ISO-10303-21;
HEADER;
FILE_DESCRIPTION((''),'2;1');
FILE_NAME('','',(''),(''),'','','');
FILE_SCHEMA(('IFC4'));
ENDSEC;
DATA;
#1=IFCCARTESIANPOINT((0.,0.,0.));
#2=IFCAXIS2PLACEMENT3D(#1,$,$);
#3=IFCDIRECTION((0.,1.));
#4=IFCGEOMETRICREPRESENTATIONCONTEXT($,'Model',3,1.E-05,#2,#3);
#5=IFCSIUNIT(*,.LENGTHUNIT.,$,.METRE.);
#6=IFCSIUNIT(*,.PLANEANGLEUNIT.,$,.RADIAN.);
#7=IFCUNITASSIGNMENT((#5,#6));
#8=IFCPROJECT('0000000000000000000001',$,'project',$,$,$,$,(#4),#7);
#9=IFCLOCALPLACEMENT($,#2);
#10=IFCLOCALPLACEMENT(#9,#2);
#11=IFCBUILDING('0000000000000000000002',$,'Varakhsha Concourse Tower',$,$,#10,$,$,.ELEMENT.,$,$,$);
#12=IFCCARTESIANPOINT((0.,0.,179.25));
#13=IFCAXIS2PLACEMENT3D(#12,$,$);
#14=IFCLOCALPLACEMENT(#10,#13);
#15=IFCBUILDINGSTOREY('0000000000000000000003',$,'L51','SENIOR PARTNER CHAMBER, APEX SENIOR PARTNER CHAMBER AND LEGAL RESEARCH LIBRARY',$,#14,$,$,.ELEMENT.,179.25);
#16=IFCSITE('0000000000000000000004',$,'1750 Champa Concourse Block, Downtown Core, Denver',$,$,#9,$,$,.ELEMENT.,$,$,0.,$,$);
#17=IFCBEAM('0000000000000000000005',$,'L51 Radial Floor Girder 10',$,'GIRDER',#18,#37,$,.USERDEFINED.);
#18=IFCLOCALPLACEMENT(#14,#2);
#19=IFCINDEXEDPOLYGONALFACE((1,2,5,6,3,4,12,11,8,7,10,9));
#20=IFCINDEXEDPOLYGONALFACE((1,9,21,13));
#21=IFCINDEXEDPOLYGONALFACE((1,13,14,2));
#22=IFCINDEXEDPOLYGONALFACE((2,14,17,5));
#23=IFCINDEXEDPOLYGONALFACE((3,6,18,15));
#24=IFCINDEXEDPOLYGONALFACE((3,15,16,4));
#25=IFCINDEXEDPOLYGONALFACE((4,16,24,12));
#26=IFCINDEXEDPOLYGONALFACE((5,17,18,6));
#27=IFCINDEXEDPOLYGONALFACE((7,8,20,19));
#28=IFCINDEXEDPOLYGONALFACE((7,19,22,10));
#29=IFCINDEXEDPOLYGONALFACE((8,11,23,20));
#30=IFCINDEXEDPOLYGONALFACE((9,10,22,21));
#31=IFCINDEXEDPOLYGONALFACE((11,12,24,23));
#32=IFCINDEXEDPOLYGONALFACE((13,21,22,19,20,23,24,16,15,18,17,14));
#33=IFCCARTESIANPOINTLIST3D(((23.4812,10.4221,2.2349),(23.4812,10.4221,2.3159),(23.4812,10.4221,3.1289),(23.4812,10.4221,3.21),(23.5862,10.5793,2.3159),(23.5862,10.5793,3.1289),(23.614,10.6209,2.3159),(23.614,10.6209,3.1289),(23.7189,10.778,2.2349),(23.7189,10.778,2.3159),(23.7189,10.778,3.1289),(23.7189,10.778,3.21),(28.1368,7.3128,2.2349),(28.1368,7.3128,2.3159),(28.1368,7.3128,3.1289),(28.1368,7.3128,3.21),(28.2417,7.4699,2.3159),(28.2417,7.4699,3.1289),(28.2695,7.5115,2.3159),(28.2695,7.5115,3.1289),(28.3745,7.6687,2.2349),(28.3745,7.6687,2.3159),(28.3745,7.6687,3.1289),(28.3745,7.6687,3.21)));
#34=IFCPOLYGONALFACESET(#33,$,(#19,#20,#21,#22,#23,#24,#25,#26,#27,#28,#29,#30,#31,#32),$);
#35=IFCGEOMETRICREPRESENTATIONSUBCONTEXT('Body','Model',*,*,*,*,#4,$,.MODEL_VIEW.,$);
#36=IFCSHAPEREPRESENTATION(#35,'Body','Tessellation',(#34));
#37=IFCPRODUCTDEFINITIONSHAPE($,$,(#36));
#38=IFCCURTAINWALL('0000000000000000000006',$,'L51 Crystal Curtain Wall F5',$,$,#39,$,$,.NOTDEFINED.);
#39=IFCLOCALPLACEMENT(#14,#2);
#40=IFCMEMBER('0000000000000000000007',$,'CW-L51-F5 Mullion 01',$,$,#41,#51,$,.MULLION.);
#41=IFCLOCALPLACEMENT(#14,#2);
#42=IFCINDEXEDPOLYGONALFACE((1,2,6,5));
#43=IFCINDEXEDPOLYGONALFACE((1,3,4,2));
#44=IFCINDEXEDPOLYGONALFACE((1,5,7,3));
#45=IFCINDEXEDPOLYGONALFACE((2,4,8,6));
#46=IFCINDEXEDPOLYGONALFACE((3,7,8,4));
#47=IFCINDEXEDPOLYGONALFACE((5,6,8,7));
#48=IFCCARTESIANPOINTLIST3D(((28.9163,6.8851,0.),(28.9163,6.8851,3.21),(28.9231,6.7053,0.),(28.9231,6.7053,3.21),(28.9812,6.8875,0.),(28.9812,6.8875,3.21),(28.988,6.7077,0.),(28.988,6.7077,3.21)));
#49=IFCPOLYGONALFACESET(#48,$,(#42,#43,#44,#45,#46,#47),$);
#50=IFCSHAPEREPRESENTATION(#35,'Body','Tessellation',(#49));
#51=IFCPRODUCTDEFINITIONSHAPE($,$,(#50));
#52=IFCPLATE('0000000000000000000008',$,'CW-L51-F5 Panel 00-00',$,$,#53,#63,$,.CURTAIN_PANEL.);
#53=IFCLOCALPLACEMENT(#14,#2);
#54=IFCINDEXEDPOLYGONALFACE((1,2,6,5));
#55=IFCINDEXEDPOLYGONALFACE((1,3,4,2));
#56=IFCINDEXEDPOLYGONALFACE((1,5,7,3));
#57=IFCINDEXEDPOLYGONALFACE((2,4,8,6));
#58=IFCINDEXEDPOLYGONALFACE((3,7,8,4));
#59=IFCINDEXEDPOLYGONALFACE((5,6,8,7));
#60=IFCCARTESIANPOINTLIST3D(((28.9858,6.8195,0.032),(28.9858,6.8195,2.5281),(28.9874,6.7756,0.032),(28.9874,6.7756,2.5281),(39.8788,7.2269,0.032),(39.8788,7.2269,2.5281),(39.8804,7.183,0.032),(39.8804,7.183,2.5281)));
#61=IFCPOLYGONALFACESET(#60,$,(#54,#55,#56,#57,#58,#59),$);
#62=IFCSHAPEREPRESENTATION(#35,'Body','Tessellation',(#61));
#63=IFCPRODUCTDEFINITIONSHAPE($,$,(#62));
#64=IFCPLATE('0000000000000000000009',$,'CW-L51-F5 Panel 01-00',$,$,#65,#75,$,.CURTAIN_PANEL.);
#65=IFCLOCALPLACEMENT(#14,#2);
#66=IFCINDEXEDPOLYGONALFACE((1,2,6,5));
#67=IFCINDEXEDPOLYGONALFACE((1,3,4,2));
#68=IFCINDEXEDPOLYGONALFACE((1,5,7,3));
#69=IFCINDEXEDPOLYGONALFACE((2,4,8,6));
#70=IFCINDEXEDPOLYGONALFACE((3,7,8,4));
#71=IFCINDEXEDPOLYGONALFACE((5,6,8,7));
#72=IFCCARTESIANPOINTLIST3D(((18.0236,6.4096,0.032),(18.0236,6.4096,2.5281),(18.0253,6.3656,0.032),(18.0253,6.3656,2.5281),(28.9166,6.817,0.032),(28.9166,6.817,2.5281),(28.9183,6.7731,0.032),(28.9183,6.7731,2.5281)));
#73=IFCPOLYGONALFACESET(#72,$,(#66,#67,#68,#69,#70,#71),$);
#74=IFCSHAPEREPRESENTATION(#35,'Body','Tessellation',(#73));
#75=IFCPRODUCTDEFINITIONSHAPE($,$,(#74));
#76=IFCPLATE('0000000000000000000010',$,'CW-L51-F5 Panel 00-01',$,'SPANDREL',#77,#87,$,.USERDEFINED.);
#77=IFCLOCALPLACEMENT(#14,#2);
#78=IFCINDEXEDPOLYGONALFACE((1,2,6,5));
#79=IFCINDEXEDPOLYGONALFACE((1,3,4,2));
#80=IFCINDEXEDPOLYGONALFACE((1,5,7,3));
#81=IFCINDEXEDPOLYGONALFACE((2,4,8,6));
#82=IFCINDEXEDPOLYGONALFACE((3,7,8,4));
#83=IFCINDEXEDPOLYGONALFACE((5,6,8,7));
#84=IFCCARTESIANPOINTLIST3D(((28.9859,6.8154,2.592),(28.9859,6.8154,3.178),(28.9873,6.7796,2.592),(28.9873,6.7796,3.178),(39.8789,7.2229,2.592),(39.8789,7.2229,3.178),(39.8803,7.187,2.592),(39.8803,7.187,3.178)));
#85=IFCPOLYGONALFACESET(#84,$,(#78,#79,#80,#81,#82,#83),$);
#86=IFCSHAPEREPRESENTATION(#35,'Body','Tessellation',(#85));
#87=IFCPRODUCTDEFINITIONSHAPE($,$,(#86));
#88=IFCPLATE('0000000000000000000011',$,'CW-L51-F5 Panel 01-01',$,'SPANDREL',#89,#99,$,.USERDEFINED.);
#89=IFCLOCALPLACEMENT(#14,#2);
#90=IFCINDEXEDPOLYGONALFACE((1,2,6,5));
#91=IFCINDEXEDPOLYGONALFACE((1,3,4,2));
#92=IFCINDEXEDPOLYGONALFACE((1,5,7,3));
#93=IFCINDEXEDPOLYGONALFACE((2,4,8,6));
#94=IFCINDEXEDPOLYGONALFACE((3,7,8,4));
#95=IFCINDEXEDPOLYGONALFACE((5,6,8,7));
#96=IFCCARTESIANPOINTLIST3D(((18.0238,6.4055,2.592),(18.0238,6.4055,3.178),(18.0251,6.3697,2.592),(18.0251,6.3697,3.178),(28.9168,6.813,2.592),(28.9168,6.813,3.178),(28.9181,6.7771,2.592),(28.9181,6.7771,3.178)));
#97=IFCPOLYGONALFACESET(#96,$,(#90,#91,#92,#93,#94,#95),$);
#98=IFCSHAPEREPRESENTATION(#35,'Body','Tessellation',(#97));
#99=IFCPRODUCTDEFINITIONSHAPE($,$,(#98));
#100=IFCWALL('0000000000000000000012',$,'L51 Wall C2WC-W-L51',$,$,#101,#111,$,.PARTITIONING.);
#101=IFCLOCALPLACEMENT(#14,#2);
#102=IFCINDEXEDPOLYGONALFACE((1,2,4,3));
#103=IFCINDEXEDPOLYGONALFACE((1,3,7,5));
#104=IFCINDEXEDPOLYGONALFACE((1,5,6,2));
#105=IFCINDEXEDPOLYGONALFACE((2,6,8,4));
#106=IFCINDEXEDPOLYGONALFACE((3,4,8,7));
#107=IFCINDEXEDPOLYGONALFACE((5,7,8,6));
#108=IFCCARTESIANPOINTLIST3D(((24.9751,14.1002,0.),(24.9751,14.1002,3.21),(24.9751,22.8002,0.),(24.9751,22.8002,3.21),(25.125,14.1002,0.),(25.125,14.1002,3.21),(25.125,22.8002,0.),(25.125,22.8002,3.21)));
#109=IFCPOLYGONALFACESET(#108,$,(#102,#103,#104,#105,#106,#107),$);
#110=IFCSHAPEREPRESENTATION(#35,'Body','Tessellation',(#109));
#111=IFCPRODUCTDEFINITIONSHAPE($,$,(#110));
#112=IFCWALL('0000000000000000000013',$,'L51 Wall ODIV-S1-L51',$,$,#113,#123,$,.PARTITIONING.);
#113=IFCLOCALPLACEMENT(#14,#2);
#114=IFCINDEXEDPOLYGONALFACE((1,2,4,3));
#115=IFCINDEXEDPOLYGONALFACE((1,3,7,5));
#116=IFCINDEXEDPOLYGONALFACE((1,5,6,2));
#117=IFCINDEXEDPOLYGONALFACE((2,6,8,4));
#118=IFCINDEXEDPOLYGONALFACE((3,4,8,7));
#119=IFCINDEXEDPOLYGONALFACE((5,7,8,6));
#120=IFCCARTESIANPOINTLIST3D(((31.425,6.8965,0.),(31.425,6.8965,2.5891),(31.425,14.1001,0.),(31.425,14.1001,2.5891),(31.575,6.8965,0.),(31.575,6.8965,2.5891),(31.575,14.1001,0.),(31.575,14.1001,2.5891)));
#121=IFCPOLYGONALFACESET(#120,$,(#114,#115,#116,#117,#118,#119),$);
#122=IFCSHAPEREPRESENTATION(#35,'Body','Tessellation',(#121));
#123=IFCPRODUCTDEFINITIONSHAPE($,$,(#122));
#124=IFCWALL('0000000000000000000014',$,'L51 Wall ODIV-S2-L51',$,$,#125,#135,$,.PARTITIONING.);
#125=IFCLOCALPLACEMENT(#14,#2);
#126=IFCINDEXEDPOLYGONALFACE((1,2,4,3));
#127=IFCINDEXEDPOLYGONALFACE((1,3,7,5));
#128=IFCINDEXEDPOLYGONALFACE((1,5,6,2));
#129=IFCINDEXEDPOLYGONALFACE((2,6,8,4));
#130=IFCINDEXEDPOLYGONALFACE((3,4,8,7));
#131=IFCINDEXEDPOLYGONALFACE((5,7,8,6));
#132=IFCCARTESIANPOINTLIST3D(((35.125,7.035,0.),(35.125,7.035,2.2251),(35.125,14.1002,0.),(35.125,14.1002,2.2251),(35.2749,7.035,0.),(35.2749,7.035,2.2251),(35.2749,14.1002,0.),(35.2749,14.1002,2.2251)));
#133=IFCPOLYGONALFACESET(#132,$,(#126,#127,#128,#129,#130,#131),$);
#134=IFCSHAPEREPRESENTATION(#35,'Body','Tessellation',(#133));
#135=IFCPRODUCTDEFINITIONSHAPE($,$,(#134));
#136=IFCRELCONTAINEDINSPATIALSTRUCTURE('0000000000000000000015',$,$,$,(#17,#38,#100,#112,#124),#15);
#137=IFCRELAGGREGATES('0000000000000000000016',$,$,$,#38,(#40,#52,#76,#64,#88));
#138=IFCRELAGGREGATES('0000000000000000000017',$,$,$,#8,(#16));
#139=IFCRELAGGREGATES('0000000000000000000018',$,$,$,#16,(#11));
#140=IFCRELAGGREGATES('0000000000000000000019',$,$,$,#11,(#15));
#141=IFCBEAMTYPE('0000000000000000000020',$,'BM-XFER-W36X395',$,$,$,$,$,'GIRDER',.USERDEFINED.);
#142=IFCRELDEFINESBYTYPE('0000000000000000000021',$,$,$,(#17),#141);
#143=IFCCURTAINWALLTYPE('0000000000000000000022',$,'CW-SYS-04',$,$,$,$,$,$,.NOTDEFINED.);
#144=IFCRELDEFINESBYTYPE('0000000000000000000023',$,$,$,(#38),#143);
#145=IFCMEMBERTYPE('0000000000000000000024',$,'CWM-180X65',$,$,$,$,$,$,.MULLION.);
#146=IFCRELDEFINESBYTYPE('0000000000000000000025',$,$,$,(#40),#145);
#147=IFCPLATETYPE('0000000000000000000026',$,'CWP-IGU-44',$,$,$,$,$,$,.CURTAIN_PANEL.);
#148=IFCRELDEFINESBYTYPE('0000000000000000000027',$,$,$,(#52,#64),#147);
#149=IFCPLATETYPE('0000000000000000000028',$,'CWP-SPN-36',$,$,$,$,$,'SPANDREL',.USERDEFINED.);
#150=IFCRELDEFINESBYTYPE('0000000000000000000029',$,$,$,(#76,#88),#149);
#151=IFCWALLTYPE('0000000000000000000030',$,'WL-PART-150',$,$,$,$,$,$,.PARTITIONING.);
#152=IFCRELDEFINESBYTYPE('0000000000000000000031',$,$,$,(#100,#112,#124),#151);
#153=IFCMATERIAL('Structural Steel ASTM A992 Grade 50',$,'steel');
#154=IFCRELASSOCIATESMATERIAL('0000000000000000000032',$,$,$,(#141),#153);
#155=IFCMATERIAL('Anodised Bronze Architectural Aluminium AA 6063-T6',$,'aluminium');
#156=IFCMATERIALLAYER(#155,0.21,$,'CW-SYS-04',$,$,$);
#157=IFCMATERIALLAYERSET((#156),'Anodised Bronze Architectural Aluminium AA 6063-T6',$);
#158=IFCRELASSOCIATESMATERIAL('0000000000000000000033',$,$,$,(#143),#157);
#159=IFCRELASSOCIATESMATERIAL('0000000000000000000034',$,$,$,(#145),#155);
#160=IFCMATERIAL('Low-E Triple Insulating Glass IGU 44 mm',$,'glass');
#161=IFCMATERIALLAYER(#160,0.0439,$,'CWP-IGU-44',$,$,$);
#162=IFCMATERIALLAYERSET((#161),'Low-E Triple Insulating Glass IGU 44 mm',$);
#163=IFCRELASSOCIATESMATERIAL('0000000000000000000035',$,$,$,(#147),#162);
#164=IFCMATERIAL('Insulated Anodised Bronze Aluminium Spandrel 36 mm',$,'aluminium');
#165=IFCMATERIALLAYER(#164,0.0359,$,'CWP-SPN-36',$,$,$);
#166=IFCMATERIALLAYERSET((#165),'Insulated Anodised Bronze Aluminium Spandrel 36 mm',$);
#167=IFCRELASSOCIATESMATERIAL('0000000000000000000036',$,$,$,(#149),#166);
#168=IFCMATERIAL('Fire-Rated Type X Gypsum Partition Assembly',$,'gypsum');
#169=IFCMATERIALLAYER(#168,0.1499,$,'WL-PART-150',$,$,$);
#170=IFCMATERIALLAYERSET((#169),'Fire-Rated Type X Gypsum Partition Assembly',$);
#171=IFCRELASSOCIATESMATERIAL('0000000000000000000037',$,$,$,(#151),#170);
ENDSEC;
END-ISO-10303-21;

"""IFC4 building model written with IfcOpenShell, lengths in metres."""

from ifc_helpers import new_model, si_unit, direction, frame, frame_2d, origin, origin_2d, place, context, subcontext, project, spatial, rectangle, i_section, extrude, source, transform, mapped, material, layer, layer_set, material_profile, profile_set, type_object, type_shapes, element, aggregate, save


model = new_model("IFC4")

# Units and contexts
model_context = context("Model", 3, precision=1e-05, world=origin(), true_north=direction((0.0, 1.0)))
body_context = subcontext(model_context, "Body", "Model", "MODEL_VIEW")
ifc_project = project(units=[si_unit("LENGTHUNIT", "METRE"), si_unit("PLANEANGLEUNIT", "RADIAN")], contexts=[model_context])

# Site, building, storey
site_placement = place(None, origin())
site = spatial("IfcSite", under=ifc_project, at=site_placement, Name="1750 Champa Concourse Block, Downtown Core, Denver", CompositionType="ELEMENT", RefElevation=0.0)
building_placement = place(site_placement, origin())
building = spatial("IfcBuilding", under=site, at=building_placement, Name="Varakhsha Concourse Tower", CompositionType="ELEMENT")
storey_placement = place(building_placement, frame((0.0, 0.0, 179.25)))
storey = spatial("IfcBuildingStorey", under=building, at=storey_placement, Name="L51", Description="SENIOR PARTNER CHAMBER, APEX SENIOR PARTNER CHAMBER AND LEGAL RESEARCH LIBRARY", CompositionType="ELEMENT", Elevation=179.25)

# Shared definitions
ifc_material_1 = material(Name="Structural Steel ASTM A992 Grade 50", Category="steel")

# Beam
ifc_material_profile_1 = material_profile(ifc_material_1, i_section(OverallWidth=0.428, OverallDepth=0.9751, WebThickness=0.05, FlangeThickness=0.0811, at=origin_2d()), Name="W36X395")
ifc_profile_set_1 = profile_set([ifc_material_profile_1], Name="Structural Steel ASTM A992 Grade 50")
beam_type_1 = type_object("IfcBeamType", Name="BM-XFER-W36X395", ElementType="GIRDER", PredefinedType="USERDEFINED", material=ifc_profile_set_1)
beam_1_placement = place(storey_placement, frame((23.6001, 10.6001, 2.7224), z_axis=(0.83158, -0.555404, 0.0), x_axis=(0.555404, 0.83158, 0.0)))
element("IfcBeam", 1, at=beam_1_placement, inside=storey, type_object=beam_type_1, Name="L51 Radial Floor Girder 10", ObjectType="GIRDER", PredefinedType="USERDEFINED", context=body_context, shape_type="SweptSolid", body=[
    extrude(i_section(OverallWidth=0.428, OverallDepth=0.9751, WebThickness=0.05, FlangeThickness=0.0811, at=origin_2d()), origin(), (0.0, 0.0, 1.0), 5.5984),
])

# Curtain wall, member, plates
ifc_material_2 = material(Name="Anodised Bronze Architectural Aluminium AA 6063-T6", Category="aluminium")
ifc_layer_1 = layer(ifc_material_2, 0.21, Name="CW-SYS-04")
ifc_layer_set_1 = layer_set([ifc_layer_1], Name="Anodised Bronze Architectural Aluminium AA 6063-T6")
curtain_wall_type = type_object("IfcCurtainWallType", Name="CW-SYS-04", PredefinedType="NOTDEFINED", material=ifc_layer_set_1)
curtain_wall_placement = place(storey_placement, origin())
curtain_wall = element("IfcCurtainWall", 2, at=curtain_wall_placement, inside=storey, type_object=curtain_wall_type, Name="L51 Crystal Curtain Wall F5", PredefinedType="NOTDEFINED")
ifc_material_profile_2 = material_profile(ifc_material_2, rectangle(XDim=0.0649, YDim=0.1799, at=origin_2d()), Name="CWM-180X65")
ifc_profile_set_2 = profile_set([ifc_material_profile_2], Name="Anodised Bronze Architectural Aluminium AA 6063-T6")
member_type = type_object("IfcMemberType", Name="CWM-180X65", PredefinedType="MULLION", material=ifc_profile_set_2)
shared_shape_1 = source(origin(), body_context, "Body", "SweptSolid", [
    extrude(rectangle(XDim=0.0649, YDim=0.1799, at=origin_2d()), origin(), (0.0, 0.0, 1.0), 3.21),
])
type_shapes(member_type, [shared_shape_1])
member_placement = place(storey_placement, frame((28.9521, 6.7964, 0.0), z_axis=(0.0, 0.0, 1.0), x_axis=(-0.999301, -0.037376, 0.0)))
member = element("IfcMember", 3, at=member_placement, type_object=member_type, Name="CW-L51-F5 Mullion 01", PredefinedType="MULLION", context=body_context, shape_type="MappedRepresentation", body=[
    mapped(shared_shape_1, transform((0.0, 0.0, 0.0), scale=1.0)),
])
ifc_material_3 = material(Name="Low-E Triple Insulating Glass IGU 44 mm", Category="glass")
ifc_layer_2 = layer(ifc_material_3, 0.0439, Name="CWP-IGU-44")
ifc_layer_set_2 = layer_set([ifc_layer_2], Name="Low-E Triple Insulating Glass IGU 44 mm")
plate_type_1 = type_object("IfcPlateType", Name="CWP-IGU-44", PredefinedType="CURTAIN_PANEL", material=ifc_layer_set_2)
shared_shape_2 = source(origin(), body_context, "Body", "SweptSolid", [
    extrude(rectangle(XDim=10.9006, YDim=0.0439, at=origin_2d()), origin(), (0.0, 0.0, 1.0), 2.4961),
])
type_shapes(plate_type_1, [shared_shape_2])
plate_1_placement = place(storey_placement, frame((34.4331, 7.0012, 0.032), z_axis=(0.0, 0.0, 1.0), x_axis=(-0.999301, -0.037376, 0.0)))
plate_1 = element("IfcPlate", 4, at=plate_1_placement, type_object=plate_type_1, Name="CW-L51-F5 Panel 00-00", PredefinedType="CURTAIN_PANEL", context=body_context, shape_type="MappedRepresentation", body=[
    mapped(shared_shape_2, transform((0.0, 0.0, 0.0), scale=1.0)),
])
plate_2_placement = place(storey_placement, frame((23.4709, 6.5913, 0.032), z_axis=(0.0, 0.0, 1.0), x_axis=(-0.999301, -0.037376, 0.0)))
plate_2 = element("IfcPlate", 5, at=plate_2_placement, type_object=plate_type_1, Name="CW-L51-F5 Panel 01-00", PredefinedType="CURTAIN_PANEL", context=body_context, shape_type="MappedRepresentation", body=[
    mapped(shared_shape_2, transform((0.0, 0.0, 0.0), scale=1.0)),
])
ifc_material_4 = material(Name="Insulated Anodised Bronze Aluminium Spandrel 36 mm", Category="aluminium")
ifc_layer_3 = layer(ifc_material_4, 0.0359, Name="CWP-SPN-36")
ifc_layer_set_3 = layer_set([ifc_layer_3], Name="Insulated Anodised Bronze Aluminium Spandrel 36 mm")
plate_type_2 = type_object("IfcPlateType", Name="CWP-SPN-36", ElementType="SPANDREL", PredefinedType="USERDEFINED", material=ifc_layer_set_3)
shared_shape_3 = source(origin(), body_context, "Body", "SweptSolid", [
    extrude(rectangle(XDim=10.9006, YDim=0.0359, at=origin_2d()), origin(), (0.0, 0.0, 1.0), 0.5859),
])
type_shapes(plate_type_2, [shared_shape_3])
plate_3_placement = place(storey_placement, frame((34.4331, 7.0012, 2.592), z_axis=(0.0, 0.0, 1.0), x_axis=(-0.999301, -0.037376, 0.0)))
plate_3 = element("IfcPlate", 6, at=plate_3_placement, type_object=plate_type_2, Name="CW-L51-F5 Panel 00-01", ObjectType="SPANDREL", PredefinedType="USERDEFINED", context=body_context, shape_type="MappedRepresentation", body=[
    mapped(shared_shape_3, transform((0.0, 0.0, 0.0), scale=1.0)),
])
plate_4_placement = place(storey_placement, frame((23.4709, 6.5913, 2.592), z_axis=(0.0, 0.0, 1.0), x_axis=(-0.999301, -0.037376, 0.0)))
plate_4 = element("IfcPlate", 7, at=plate_4_placement, type_object=plate_type_2, Name="CW-L51-F5 Panel 01-01", ObjectType="SPANDREL", PredefinedType="USERDEFINED", context=body_context, shape_type="MappedRepresentation", body=[
    mapped(shared_shape_3, transform((0.0, 0.0, 0.0), scale=1.0)),
])
aggregate(curtain_wall, [member, plate_1, plate_3, plate_2, plate_4])

# Walls
ifc_material_5 = material(Name="Fire-Rated Type X Gypsum Partition Assembly", Category="gypsum")
ifc_layer_4 = layer(ifc_material_5, 0.1499, Name="WL-PART-150")
ifc_layer_set_4 = layer_set([ifc_layer_4], Name="Fire-Rated Type X Gypsum Partition Assembly")
wall_type = type_object("IfcWallType", Name="WL-PART-150", PredefinedType="PARTITIONING", material=ifc_layer_set_4)
wall_1_placement = place(storey_placement, frame((25.05, 14.1001, 0.0), z_axis=(0.0, 0.0, 1.0), x_axis=(0.0, 1.0, 0.0)))
element("IfcWall", 8, at=wall_1_placement, inside=storey, type_object=wall_type, Name="L51 Wall C2WC-W-L51", PredefinedType="PARTITIONING", context=body_context, shape_type="SweptSolid", body=[
    extrude(rectangle(XDim=8.7, YDim=0.1499, at=frame_2d((4.3501, 0.0))), origin(), (0.0, 0.0, 1.0), 3.21),
])
wall_2_placement = place(storey_placement, frame((31.5, 6.8965, 0.0), z_axis=(0.0, 0.0, 1.0), x_axis=(0.0, 1.0, 0.0)))
element("IfcWall", 9, at=wall_2_placement, inside=storey, type_object=wall_type, Name="L51 Wall ODIV-S1-L51", PredefinedType="PARTITIONING", context=body_context, shape_type="SweptSolid", body=[
    extrude(rectangle(XDim=7.2036, YDim=0.1499, at=frame_2d((3.6018, 0.0))), origin(), (0.0, 0.0, 1.0), 2.5891),
])
wall_3_placement = place(storey_placement, frame((35.2, 7.0349, 0.0), z_axis=(0.0, 0.0, 1.0), x_axis=(0.0, 1.0, 0.0)))
element("IfcWall", 10, at=wall_3_placement, inside=storey, type_object=wall_type, Name="L51 Wall ODIV-S2-L51", PredefinedType="PARTITIONING", context=body_context, shape_type="SweptSolid", body=[
    extrude(rectangle(XDim=7.0652, YDim=0.1499, at=frame_2d((3.5327, 0.0))), origin(), (0.0, 0.0, 1.0), 2.2251),
])

save(model, "model.ifc")
